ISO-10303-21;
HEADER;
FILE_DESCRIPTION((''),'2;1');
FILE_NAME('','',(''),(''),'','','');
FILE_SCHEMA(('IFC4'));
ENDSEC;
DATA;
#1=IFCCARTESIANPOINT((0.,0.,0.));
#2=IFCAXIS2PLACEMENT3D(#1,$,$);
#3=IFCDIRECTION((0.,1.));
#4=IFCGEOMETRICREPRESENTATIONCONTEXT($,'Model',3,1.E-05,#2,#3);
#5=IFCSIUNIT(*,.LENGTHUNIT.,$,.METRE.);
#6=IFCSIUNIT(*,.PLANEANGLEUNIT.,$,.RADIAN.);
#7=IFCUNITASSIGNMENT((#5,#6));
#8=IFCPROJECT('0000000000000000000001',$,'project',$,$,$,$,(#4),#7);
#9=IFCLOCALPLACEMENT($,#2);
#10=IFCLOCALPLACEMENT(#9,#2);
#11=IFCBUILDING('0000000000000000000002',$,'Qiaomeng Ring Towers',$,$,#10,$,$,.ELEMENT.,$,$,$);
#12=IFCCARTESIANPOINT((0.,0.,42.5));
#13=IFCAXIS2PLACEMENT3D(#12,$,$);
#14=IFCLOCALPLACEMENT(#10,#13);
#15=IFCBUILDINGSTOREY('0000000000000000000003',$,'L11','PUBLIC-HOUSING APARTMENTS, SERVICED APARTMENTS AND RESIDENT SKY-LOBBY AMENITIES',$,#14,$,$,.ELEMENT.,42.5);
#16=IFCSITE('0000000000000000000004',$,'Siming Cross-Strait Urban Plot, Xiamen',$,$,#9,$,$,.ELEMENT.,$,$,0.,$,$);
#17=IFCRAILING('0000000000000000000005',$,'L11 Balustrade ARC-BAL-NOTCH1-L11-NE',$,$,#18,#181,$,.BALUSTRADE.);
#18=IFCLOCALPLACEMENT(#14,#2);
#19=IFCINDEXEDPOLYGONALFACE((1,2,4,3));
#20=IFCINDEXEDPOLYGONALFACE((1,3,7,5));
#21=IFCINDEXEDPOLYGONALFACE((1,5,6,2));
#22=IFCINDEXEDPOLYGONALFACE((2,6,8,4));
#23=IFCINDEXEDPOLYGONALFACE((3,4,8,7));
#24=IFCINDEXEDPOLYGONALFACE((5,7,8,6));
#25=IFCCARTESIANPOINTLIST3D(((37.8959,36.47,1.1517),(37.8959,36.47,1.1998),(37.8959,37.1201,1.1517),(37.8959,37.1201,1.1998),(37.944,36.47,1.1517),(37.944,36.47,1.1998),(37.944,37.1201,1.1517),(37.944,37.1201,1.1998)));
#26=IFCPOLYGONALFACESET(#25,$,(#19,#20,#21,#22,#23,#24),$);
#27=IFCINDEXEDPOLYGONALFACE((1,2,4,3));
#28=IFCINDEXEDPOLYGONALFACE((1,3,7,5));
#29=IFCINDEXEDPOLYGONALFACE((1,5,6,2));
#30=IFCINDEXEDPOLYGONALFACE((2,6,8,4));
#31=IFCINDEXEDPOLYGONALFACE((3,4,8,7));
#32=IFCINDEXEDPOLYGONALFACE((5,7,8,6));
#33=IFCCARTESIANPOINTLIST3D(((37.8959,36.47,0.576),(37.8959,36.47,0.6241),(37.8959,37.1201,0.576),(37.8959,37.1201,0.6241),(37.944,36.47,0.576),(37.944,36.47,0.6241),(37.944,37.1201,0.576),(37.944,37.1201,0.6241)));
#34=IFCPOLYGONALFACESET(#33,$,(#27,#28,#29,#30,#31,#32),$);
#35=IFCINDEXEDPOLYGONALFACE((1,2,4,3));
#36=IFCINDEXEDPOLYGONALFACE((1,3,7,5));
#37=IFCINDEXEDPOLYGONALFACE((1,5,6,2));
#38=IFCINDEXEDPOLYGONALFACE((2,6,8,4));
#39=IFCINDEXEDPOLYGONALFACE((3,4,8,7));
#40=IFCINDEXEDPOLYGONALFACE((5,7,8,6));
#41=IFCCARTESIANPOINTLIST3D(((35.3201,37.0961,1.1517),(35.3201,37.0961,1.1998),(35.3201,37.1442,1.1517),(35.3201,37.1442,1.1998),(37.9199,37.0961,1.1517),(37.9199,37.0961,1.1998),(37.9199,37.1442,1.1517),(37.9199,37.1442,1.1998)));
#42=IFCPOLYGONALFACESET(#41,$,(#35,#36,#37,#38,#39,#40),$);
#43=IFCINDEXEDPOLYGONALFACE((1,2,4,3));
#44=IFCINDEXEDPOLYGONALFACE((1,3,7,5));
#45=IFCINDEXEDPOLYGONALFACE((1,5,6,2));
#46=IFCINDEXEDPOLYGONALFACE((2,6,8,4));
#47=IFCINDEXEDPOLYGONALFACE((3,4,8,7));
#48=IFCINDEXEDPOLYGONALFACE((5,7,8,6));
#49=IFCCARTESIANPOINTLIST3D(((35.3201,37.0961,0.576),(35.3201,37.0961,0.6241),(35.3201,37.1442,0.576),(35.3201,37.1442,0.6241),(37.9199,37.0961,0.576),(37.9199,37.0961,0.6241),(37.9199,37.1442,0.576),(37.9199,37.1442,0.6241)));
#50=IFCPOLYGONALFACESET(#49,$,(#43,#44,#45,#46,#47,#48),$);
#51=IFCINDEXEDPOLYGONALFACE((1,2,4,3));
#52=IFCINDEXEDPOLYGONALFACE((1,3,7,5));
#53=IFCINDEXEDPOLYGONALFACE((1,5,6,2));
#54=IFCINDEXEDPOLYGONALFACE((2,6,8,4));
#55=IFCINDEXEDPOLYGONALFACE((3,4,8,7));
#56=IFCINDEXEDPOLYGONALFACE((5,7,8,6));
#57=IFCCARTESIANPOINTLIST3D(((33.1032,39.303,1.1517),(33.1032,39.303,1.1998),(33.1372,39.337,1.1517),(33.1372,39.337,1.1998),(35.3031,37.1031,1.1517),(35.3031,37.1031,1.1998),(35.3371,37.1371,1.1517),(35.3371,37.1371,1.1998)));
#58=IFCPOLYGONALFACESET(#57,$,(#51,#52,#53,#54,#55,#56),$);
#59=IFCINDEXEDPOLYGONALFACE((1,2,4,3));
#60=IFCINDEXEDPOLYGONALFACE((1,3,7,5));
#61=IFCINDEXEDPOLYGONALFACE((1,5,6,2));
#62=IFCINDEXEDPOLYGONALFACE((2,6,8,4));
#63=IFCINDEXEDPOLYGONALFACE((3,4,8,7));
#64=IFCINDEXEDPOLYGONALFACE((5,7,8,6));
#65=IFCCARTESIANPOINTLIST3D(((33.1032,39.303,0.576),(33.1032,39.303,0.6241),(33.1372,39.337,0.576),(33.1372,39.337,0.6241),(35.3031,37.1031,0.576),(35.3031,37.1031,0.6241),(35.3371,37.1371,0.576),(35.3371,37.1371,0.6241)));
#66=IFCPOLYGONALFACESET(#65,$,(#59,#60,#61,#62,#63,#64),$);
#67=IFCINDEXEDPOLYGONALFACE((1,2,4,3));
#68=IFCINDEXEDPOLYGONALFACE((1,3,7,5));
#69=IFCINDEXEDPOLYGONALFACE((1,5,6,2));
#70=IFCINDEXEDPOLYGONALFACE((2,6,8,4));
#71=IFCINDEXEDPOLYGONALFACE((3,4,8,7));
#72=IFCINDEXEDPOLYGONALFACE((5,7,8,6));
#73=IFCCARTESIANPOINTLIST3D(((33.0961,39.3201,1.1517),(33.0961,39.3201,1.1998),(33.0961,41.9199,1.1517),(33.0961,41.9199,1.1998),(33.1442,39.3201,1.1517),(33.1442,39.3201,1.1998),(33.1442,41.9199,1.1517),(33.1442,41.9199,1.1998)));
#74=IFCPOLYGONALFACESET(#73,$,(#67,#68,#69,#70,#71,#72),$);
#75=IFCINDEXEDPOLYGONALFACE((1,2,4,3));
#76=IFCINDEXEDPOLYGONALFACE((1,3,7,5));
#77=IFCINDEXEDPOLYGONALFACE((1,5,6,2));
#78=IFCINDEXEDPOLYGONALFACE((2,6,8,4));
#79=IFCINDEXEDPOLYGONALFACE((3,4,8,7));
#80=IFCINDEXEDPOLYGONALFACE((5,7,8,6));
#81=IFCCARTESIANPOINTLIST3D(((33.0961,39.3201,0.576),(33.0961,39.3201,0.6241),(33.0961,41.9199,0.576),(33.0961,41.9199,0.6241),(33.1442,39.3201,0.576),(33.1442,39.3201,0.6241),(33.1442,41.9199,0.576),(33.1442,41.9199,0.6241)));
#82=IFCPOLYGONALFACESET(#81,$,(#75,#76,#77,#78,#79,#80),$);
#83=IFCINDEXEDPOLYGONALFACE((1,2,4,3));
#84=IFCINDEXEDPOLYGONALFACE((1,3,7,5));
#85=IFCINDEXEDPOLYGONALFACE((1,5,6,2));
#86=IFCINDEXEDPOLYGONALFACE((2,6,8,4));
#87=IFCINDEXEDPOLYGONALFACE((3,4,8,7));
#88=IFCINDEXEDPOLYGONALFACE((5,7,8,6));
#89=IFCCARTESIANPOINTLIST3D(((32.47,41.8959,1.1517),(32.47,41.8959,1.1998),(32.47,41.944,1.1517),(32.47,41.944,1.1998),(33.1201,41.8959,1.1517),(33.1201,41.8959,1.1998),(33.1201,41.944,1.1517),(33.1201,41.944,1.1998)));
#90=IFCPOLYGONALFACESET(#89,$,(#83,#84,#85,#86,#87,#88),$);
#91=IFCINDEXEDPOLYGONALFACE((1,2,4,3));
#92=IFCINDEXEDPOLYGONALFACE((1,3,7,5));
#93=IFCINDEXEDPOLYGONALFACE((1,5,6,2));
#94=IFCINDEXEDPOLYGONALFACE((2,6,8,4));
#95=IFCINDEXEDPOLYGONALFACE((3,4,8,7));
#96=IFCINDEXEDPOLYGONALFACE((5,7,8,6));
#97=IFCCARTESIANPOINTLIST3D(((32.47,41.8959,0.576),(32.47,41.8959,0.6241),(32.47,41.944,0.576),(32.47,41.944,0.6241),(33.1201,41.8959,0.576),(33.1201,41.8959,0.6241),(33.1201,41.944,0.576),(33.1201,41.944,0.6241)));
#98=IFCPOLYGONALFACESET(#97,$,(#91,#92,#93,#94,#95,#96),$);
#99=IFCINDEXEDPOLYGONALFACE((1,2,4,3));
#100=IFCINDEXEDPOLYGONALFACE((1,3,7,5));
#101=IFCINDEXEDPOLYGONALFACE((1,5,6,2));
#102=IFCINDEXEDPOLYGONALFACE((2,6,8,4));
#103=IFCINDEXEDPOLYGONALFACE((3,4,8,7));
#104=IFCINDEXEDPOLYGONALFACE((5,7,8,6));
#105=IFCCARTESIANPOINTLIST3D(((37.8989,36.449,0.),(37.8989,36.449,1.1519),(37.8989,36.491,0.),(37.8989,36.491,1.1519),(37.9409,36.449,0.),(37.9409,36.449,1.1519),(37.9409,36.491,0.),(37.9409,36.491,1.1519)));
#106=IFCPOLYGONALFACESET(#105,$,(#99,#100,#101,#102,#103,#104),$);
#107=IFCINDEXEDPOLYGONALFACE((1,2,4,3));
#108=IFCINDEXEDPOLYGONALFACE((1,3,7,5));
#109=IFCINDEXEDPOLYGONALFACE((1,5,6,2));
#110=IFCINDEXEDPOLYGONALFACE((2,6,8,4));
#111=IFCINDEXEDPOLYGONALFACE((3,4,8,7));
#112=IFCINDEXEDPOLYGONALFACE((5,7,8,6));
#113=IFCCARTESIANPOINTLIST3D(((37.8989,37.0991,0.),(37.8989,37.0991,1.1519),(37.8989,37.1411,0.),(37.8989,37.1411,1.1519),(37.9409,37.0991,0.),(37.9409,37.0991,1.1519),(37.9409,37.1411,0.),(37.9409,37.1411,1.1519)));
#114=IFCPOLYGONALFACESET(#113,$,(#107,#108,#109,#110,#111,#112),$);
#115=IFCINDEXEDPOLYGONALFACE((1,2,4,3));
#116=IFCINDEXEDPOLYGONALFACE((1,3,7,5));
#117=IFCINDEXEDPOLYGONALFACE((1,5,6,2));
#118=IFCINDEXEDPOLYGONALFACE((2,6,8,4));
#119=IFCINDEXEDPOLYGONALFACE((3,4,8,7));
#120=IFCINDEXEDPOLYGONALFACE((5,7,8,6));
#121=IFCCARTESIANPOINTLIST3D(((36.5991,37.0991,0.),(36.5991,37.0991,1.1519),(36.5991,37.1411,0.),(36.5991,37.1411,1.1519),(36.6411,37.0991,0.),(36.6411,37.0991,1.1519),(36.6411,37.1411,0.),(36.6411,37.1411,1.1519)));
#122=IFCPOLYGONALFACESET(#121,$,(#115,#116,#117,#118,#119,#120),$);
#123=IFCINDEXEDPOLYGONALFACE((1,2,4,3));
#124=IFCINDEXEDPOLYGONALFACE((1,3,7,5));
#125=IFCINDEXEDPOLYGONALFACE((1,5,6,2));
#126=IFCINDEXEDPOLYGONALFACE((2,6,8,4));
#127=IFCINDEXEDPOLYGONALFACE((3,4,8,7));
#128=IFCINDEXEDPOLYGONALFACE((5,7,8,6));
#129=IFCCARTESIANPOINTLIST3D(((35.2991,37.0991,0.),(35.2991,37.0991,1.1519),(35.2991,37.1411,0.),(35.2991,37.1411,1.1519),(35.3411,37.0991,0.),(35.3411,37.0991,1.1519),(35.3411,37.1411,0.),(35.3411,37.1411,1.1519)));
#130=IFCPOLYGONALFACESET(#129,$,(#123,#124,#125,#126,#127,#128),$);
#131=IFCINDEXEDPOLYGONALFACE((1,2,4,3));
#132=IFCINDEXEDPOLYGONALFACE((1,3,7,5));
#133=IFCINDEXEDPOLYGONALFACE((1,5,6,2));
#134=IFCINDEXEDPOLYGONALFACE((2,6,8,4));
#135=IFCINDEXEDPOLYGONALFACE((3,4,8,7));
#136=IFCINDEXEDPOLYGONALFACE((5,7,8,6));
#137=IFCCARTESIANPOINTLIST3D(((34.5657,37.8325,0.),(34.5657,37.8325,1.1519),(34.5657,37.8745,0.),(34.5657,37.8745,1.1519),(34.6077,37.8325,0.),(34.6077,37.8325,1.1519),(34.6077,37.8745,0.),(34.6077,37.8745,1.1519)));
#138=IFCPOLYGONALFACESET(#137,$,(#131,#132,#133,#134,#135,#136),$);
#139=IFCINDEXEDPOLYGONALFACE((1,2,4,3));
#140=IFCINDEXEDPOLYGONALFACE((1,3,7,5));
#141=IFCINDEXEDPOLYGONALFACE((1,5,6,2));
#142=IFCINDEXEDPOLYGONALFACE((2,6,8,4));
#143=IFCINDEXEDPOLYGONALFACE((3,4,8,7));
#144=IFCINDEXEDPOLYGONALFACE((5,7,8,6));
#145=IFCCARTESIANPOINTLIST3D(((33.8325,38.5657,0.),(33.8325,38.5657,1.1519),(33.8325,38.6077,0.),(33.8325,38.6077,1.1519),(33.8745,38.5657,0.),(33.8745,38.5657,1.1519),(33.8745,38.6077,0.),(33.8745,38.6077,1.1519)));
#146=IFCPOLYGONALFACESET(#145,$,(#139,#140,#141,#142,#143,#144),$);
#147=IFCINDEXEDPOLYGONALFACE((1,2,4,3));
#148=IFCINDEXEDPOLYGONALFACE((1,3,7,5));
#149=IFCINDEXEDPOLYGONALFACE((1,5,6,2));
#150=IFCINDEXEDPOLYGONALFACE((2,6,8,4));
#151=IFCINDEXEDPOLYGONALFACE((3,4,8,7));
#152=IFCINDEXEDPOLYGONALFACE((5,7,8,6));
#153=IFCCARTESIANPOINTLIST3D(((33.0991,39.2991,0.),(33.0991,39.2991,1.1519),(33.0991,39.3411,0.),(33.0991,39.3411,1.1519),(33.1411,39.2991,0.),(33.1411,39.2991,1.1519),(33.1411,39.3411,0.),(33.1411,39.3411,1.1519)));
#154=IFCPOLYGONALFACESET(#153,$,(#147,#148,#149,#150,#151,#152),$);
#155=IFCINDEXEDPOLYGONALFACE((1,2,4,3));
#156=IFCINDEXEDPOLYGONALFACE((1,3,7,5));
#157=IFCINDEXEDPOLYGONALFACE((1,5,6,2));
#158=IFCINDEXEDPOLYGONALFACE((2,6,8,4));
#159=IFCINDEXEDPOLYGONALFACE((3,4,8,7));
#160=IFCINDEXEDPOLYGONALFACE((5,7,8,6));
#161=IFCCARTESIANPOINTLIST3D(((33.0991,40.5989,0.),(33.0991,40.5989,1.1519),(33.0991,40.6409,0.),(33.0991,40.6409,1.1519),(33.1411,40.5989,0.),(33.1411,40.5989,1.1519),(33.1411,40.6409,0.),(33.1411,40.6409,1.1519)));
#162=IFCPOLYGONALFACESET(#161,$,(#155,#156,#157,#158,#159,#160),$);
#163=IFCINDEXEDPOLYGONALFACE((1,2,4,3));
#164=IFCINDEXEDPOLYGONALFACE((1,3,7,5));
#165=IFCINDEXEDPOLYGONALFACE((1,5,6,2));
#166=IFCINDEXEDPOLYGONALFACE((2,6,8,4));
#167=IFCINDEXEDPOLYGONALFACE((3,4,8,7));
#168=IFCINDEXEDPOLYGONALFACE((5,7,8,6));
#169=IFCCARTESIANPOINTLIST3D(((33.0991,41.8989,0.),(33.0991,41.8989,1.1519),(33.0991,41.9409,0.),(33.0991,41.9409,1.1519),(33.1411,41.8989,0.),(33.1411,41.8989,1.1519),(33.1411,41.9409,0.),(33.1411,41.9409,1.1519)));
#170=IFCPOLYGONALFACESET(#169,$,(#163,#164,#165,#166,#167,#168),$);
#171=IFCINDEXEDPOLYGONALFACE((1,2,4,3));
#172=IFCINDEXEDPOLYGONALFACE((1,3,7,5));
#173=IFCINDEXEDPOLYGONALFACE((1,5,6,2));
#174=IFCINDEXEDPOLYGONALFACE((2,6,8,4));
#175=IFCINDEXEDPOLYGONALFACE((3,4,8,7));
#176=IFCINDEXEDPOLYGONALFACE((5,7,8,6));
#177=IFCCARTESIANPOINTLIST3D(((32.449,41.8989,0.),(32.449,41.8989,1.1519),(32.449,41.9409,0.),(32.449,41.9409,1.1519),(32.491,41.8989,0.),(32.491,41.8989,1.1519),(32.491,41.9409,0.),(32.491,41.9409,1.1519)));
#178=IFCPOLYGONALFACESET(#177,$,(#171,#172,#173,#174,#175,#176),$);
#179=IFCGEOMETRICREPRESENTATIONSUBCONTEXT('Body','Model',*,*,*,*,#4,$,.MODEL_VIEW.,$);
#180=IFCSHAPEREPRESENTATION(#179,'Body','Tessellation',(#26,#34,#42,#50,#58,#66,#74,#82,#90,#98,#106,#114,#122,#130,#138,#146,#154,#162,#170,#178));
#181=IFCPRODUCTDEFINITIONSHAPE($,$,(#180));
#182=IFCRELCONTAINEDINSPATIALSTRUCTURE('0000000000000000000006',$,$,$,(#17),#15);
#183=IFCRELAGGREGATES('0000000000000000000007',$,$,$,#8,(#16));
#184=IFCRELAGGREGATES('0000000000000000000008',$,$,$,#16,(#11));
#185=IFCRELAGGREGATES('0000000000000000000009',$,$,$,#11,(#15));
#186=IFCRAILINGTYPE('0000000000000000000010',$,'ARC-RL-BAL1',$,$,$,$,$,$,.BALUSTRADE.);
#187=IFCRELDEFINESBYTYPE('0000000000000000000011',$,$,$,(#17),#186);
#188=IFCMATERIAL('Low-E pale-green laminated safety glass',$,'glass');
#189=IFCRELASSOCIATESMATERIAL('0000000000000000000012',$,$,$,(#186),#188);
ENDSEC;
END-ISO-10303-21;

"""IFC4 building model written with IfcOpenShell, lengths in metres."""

from ifc_helpers import new_model, si_unit, direction, frame, origin, origin_2d, place, context, subcontext, project, spatial, rectangle, extrude, material, type_object, element, save


model = new_model("IFC4")

# Units and contexts
model_context = context("Model", 3, precision=1e-05, world=origin(), true_north=direction((0.0, 1.0)))
body_context = subcontext(model_context, "Body", "Model", "MODEL_VIEW")
ifc_project = project(units=[si_unit("LENGTHUNIT", "METRE"), si_unit("PLANEANGLEUNIT", "RADIAN")], contexts=[model_context])

# Site, building, storey
site_placement = place(None, origin())
site = spatial("IfcSite", under=ifc_project, at=site_placement, Name="Siming Cross-Strait Urban Plot, Xiamen", CompositionType="ELEMENT", RefElevation=0.0)
building_placement = place(site_placement, origin())
building = spatial("IfcBuilding", under=site, at=building_placement, Name="Qiaomeng Ring Towers", CompositionType="ELEMENT")
storey_placement = place(building_placement, frame((0.0, 0.0, 42.5)))
storey = spatial("IfcBuildingStorey", under=building, at=storey_placement, Name="L11", Description="PUBLIC-HOUSING APARTMENTS, SERVICED APARTMENTS AND RESIDENT SKY-LOBBY AMENITIES", CompositionType="ELEMENT", Elevation=42.5)

# Railing
ifc_material_1 = material(Name="Low-E pale-green laminated safety glass", Category="glass")
railing_type = type_object("IfcRailingType", Name="ARC-RL-BAL1", PredefinedType="BALUSTRADE", material=ifc_material_1)
railing_placement = place(storey_placement, frame((37.9199, 36.47, 0.0)))
element("IfcRailing", 1, at=railing_placement, inside=storey, type_object=railing_type, Name="L11 Balustrade ARC-BAL-NOTCH1-L11-NE", PredefinedType="BALUSTRADE", context=body_context, shape_type="SweptSolid", body=[
    extrude(rectangle(XDim=0.0481, YDim=0.0481, at=origin_2d()), frame((0.0, 0.0, 1.1758), z_axis=(0.0, 1.0, 0.0), x_axis=(-1.0, 0.0, 0.0)), (0.0, 0.0, 1.0), 0.6501),
    extrude(rectangle(XDim=0.0481, YDim=0.0481, at=origin_2d()), frame((0.0, 0.0, 0.6001), z_axis=(0.0, 1.0, 0.0), x_axis=(-1.0, 0.0, 0.0)), (0.0, 0.0, 1.0), 0.6501),
    extrude(rectangle(XDim=0.0481, YDim=0.0481, at=origin_2d()), frame((0.0, 0.6501, 1.1758), z_axis=(-1.0, 0.0, 0.0), x_axis=(0.0, -1.0, 0.0)), (0.0, 0.0, 1.0), 2.5999),
    extrude(rectangle(XDim=0.0481, YDim=0.0481, at=origin_2d()), frame((0.0, 0.6501, 0.6001), z_axis=(-1.0, 0.0, 0.0), x_axis=(0.0, -1.0, 0.0)), (0.0, 0.0, 1.0), 2.5999),
    extrude(rectangle(XDim=0.0481, YDim=0.0481, at=origin_2d()), frame((-2.5999, 0.6501, 1.1758), z_axis=(-0.707107, 0.707107, 0.0), x_axis=(-0.707107, -0.707107, 0.0)), (0.0, 0.0, 1.0), 3.1111),
    extrude(rectangle(XDim=0.0481, YDim=0.0481, at=origin_2d()), frame((-2.5999, 0.6501, 0.6001), z_axis=(-0.707107, 0.707107, 0.0), x_axis=(-0.707107, -0.707107, 0.0)), (0.0, 0.0, 1.0), 3.1111),
    extrude(rectangle(XDim=0.0481, YDim=0.0481, at=origin_2d()), frame((-4.7998, 2.8501, 1.1758), z_axis=(0.0, 1.0, 0.0), x_axis=(-1.0, 0.0, 0.0)), (0.0, 0.0, 1.0), 2.5999),
    extrude(rectangle(XDim=0.0481, YDim=0.0481, at=origin_2d()), frame((-4.7998, 2.8501, 0.6001), z_axis=(0.0, 1.0, 0.0), x_axis=(-1.0, 0.0, 0.0)), (0.0, 0.0, 1.0), 2.5999),
    extrude(rectangle(XDim=0.0481, YDim=0.0481, at=origin_2d()), frame((-4.7998, 5.45, 1.1758), z_axis=(-1.0, 0.0, 0.0), x_axis=(0.0, -1.0, 0.0)), (0.0, 0.0, 1.0), 0.6501),
    extrude(rectangle(XDim=0.0481, YDim=0.0481, at=origin_2d()), frame((-4.7998, 5.45, 0.6001), z_axis=(-1.0, 0.0, 0.0), x_axis=(0.0, -1.0, 0.0)), (0.0, 0.0, 1.0), 0.6501),
    extrude(rectangle(XDim=0.042, YDim=0.042, at=origin_2d()), origin(), (0.0, 0.0, 1.0), 1.1519),
    extrude(rectangle(XDim=0.042, YDim=0.042, at=origin_2d()), frame((0.0, 0.6501, 0.0)), (0.0, 0.0, 1.0), 1.1519),
    extrude(rectangle(XDim=0.042, YDim=0.042, at=origin_2d()), frame((-1.2998, 0.6501, 0.0)), (0.0, 0.0, 1.0), 1.1519),
    extrude(rectangle(XDim=0.042, YDim=0.042, at=origin_2d()), frame((-2.5999, 0.6501, 0.0)), (0.0, 0.0, 1.0), 1.1519),
    extrude(rectangle(XDim=0.042, YDim=0.042, at=origin_2d()), frame((-3.3333, 1.3835, 0.0)), (0.0, 0.0, 1.0), 1.1519),
    extrude(rectangle(XDim=0.042, YDim=0.042, at=origin_2d()), frame((-4.0664, 2.1167, 0.0)), (0.0, 0.0, 1.0), 1.1519),
    extrude(rectangle(XDim=0.042, YDim=0.042, at=origin_2d()), frame((-4.7998, 2.8501, 0.0)), (0.0, 0.0, 1.0), 1.1519),
    extrude(rectangle(XDim=0.042, YDim=0.042, at=origin_2d()), frame((-4.7998, 4.1499, 0.0)), (0.0, 0.0, 1.0), 1.1519),
    extrude(rectangle(XDim=0.042, YDim=0.042, at=origin_2d()), frame((-4.7998, 5.45, 0.0)), (0.0, 0.0, 1.0), 1.1519),
    extrude(rectangle(XDim=0.042, YDim=0.042, at=origin_2d()), frame((-5.45, 5.45, 0.0)), (0.0, 0.0, 1.0), 1.1519),
])

save(model, "model.ifc")
